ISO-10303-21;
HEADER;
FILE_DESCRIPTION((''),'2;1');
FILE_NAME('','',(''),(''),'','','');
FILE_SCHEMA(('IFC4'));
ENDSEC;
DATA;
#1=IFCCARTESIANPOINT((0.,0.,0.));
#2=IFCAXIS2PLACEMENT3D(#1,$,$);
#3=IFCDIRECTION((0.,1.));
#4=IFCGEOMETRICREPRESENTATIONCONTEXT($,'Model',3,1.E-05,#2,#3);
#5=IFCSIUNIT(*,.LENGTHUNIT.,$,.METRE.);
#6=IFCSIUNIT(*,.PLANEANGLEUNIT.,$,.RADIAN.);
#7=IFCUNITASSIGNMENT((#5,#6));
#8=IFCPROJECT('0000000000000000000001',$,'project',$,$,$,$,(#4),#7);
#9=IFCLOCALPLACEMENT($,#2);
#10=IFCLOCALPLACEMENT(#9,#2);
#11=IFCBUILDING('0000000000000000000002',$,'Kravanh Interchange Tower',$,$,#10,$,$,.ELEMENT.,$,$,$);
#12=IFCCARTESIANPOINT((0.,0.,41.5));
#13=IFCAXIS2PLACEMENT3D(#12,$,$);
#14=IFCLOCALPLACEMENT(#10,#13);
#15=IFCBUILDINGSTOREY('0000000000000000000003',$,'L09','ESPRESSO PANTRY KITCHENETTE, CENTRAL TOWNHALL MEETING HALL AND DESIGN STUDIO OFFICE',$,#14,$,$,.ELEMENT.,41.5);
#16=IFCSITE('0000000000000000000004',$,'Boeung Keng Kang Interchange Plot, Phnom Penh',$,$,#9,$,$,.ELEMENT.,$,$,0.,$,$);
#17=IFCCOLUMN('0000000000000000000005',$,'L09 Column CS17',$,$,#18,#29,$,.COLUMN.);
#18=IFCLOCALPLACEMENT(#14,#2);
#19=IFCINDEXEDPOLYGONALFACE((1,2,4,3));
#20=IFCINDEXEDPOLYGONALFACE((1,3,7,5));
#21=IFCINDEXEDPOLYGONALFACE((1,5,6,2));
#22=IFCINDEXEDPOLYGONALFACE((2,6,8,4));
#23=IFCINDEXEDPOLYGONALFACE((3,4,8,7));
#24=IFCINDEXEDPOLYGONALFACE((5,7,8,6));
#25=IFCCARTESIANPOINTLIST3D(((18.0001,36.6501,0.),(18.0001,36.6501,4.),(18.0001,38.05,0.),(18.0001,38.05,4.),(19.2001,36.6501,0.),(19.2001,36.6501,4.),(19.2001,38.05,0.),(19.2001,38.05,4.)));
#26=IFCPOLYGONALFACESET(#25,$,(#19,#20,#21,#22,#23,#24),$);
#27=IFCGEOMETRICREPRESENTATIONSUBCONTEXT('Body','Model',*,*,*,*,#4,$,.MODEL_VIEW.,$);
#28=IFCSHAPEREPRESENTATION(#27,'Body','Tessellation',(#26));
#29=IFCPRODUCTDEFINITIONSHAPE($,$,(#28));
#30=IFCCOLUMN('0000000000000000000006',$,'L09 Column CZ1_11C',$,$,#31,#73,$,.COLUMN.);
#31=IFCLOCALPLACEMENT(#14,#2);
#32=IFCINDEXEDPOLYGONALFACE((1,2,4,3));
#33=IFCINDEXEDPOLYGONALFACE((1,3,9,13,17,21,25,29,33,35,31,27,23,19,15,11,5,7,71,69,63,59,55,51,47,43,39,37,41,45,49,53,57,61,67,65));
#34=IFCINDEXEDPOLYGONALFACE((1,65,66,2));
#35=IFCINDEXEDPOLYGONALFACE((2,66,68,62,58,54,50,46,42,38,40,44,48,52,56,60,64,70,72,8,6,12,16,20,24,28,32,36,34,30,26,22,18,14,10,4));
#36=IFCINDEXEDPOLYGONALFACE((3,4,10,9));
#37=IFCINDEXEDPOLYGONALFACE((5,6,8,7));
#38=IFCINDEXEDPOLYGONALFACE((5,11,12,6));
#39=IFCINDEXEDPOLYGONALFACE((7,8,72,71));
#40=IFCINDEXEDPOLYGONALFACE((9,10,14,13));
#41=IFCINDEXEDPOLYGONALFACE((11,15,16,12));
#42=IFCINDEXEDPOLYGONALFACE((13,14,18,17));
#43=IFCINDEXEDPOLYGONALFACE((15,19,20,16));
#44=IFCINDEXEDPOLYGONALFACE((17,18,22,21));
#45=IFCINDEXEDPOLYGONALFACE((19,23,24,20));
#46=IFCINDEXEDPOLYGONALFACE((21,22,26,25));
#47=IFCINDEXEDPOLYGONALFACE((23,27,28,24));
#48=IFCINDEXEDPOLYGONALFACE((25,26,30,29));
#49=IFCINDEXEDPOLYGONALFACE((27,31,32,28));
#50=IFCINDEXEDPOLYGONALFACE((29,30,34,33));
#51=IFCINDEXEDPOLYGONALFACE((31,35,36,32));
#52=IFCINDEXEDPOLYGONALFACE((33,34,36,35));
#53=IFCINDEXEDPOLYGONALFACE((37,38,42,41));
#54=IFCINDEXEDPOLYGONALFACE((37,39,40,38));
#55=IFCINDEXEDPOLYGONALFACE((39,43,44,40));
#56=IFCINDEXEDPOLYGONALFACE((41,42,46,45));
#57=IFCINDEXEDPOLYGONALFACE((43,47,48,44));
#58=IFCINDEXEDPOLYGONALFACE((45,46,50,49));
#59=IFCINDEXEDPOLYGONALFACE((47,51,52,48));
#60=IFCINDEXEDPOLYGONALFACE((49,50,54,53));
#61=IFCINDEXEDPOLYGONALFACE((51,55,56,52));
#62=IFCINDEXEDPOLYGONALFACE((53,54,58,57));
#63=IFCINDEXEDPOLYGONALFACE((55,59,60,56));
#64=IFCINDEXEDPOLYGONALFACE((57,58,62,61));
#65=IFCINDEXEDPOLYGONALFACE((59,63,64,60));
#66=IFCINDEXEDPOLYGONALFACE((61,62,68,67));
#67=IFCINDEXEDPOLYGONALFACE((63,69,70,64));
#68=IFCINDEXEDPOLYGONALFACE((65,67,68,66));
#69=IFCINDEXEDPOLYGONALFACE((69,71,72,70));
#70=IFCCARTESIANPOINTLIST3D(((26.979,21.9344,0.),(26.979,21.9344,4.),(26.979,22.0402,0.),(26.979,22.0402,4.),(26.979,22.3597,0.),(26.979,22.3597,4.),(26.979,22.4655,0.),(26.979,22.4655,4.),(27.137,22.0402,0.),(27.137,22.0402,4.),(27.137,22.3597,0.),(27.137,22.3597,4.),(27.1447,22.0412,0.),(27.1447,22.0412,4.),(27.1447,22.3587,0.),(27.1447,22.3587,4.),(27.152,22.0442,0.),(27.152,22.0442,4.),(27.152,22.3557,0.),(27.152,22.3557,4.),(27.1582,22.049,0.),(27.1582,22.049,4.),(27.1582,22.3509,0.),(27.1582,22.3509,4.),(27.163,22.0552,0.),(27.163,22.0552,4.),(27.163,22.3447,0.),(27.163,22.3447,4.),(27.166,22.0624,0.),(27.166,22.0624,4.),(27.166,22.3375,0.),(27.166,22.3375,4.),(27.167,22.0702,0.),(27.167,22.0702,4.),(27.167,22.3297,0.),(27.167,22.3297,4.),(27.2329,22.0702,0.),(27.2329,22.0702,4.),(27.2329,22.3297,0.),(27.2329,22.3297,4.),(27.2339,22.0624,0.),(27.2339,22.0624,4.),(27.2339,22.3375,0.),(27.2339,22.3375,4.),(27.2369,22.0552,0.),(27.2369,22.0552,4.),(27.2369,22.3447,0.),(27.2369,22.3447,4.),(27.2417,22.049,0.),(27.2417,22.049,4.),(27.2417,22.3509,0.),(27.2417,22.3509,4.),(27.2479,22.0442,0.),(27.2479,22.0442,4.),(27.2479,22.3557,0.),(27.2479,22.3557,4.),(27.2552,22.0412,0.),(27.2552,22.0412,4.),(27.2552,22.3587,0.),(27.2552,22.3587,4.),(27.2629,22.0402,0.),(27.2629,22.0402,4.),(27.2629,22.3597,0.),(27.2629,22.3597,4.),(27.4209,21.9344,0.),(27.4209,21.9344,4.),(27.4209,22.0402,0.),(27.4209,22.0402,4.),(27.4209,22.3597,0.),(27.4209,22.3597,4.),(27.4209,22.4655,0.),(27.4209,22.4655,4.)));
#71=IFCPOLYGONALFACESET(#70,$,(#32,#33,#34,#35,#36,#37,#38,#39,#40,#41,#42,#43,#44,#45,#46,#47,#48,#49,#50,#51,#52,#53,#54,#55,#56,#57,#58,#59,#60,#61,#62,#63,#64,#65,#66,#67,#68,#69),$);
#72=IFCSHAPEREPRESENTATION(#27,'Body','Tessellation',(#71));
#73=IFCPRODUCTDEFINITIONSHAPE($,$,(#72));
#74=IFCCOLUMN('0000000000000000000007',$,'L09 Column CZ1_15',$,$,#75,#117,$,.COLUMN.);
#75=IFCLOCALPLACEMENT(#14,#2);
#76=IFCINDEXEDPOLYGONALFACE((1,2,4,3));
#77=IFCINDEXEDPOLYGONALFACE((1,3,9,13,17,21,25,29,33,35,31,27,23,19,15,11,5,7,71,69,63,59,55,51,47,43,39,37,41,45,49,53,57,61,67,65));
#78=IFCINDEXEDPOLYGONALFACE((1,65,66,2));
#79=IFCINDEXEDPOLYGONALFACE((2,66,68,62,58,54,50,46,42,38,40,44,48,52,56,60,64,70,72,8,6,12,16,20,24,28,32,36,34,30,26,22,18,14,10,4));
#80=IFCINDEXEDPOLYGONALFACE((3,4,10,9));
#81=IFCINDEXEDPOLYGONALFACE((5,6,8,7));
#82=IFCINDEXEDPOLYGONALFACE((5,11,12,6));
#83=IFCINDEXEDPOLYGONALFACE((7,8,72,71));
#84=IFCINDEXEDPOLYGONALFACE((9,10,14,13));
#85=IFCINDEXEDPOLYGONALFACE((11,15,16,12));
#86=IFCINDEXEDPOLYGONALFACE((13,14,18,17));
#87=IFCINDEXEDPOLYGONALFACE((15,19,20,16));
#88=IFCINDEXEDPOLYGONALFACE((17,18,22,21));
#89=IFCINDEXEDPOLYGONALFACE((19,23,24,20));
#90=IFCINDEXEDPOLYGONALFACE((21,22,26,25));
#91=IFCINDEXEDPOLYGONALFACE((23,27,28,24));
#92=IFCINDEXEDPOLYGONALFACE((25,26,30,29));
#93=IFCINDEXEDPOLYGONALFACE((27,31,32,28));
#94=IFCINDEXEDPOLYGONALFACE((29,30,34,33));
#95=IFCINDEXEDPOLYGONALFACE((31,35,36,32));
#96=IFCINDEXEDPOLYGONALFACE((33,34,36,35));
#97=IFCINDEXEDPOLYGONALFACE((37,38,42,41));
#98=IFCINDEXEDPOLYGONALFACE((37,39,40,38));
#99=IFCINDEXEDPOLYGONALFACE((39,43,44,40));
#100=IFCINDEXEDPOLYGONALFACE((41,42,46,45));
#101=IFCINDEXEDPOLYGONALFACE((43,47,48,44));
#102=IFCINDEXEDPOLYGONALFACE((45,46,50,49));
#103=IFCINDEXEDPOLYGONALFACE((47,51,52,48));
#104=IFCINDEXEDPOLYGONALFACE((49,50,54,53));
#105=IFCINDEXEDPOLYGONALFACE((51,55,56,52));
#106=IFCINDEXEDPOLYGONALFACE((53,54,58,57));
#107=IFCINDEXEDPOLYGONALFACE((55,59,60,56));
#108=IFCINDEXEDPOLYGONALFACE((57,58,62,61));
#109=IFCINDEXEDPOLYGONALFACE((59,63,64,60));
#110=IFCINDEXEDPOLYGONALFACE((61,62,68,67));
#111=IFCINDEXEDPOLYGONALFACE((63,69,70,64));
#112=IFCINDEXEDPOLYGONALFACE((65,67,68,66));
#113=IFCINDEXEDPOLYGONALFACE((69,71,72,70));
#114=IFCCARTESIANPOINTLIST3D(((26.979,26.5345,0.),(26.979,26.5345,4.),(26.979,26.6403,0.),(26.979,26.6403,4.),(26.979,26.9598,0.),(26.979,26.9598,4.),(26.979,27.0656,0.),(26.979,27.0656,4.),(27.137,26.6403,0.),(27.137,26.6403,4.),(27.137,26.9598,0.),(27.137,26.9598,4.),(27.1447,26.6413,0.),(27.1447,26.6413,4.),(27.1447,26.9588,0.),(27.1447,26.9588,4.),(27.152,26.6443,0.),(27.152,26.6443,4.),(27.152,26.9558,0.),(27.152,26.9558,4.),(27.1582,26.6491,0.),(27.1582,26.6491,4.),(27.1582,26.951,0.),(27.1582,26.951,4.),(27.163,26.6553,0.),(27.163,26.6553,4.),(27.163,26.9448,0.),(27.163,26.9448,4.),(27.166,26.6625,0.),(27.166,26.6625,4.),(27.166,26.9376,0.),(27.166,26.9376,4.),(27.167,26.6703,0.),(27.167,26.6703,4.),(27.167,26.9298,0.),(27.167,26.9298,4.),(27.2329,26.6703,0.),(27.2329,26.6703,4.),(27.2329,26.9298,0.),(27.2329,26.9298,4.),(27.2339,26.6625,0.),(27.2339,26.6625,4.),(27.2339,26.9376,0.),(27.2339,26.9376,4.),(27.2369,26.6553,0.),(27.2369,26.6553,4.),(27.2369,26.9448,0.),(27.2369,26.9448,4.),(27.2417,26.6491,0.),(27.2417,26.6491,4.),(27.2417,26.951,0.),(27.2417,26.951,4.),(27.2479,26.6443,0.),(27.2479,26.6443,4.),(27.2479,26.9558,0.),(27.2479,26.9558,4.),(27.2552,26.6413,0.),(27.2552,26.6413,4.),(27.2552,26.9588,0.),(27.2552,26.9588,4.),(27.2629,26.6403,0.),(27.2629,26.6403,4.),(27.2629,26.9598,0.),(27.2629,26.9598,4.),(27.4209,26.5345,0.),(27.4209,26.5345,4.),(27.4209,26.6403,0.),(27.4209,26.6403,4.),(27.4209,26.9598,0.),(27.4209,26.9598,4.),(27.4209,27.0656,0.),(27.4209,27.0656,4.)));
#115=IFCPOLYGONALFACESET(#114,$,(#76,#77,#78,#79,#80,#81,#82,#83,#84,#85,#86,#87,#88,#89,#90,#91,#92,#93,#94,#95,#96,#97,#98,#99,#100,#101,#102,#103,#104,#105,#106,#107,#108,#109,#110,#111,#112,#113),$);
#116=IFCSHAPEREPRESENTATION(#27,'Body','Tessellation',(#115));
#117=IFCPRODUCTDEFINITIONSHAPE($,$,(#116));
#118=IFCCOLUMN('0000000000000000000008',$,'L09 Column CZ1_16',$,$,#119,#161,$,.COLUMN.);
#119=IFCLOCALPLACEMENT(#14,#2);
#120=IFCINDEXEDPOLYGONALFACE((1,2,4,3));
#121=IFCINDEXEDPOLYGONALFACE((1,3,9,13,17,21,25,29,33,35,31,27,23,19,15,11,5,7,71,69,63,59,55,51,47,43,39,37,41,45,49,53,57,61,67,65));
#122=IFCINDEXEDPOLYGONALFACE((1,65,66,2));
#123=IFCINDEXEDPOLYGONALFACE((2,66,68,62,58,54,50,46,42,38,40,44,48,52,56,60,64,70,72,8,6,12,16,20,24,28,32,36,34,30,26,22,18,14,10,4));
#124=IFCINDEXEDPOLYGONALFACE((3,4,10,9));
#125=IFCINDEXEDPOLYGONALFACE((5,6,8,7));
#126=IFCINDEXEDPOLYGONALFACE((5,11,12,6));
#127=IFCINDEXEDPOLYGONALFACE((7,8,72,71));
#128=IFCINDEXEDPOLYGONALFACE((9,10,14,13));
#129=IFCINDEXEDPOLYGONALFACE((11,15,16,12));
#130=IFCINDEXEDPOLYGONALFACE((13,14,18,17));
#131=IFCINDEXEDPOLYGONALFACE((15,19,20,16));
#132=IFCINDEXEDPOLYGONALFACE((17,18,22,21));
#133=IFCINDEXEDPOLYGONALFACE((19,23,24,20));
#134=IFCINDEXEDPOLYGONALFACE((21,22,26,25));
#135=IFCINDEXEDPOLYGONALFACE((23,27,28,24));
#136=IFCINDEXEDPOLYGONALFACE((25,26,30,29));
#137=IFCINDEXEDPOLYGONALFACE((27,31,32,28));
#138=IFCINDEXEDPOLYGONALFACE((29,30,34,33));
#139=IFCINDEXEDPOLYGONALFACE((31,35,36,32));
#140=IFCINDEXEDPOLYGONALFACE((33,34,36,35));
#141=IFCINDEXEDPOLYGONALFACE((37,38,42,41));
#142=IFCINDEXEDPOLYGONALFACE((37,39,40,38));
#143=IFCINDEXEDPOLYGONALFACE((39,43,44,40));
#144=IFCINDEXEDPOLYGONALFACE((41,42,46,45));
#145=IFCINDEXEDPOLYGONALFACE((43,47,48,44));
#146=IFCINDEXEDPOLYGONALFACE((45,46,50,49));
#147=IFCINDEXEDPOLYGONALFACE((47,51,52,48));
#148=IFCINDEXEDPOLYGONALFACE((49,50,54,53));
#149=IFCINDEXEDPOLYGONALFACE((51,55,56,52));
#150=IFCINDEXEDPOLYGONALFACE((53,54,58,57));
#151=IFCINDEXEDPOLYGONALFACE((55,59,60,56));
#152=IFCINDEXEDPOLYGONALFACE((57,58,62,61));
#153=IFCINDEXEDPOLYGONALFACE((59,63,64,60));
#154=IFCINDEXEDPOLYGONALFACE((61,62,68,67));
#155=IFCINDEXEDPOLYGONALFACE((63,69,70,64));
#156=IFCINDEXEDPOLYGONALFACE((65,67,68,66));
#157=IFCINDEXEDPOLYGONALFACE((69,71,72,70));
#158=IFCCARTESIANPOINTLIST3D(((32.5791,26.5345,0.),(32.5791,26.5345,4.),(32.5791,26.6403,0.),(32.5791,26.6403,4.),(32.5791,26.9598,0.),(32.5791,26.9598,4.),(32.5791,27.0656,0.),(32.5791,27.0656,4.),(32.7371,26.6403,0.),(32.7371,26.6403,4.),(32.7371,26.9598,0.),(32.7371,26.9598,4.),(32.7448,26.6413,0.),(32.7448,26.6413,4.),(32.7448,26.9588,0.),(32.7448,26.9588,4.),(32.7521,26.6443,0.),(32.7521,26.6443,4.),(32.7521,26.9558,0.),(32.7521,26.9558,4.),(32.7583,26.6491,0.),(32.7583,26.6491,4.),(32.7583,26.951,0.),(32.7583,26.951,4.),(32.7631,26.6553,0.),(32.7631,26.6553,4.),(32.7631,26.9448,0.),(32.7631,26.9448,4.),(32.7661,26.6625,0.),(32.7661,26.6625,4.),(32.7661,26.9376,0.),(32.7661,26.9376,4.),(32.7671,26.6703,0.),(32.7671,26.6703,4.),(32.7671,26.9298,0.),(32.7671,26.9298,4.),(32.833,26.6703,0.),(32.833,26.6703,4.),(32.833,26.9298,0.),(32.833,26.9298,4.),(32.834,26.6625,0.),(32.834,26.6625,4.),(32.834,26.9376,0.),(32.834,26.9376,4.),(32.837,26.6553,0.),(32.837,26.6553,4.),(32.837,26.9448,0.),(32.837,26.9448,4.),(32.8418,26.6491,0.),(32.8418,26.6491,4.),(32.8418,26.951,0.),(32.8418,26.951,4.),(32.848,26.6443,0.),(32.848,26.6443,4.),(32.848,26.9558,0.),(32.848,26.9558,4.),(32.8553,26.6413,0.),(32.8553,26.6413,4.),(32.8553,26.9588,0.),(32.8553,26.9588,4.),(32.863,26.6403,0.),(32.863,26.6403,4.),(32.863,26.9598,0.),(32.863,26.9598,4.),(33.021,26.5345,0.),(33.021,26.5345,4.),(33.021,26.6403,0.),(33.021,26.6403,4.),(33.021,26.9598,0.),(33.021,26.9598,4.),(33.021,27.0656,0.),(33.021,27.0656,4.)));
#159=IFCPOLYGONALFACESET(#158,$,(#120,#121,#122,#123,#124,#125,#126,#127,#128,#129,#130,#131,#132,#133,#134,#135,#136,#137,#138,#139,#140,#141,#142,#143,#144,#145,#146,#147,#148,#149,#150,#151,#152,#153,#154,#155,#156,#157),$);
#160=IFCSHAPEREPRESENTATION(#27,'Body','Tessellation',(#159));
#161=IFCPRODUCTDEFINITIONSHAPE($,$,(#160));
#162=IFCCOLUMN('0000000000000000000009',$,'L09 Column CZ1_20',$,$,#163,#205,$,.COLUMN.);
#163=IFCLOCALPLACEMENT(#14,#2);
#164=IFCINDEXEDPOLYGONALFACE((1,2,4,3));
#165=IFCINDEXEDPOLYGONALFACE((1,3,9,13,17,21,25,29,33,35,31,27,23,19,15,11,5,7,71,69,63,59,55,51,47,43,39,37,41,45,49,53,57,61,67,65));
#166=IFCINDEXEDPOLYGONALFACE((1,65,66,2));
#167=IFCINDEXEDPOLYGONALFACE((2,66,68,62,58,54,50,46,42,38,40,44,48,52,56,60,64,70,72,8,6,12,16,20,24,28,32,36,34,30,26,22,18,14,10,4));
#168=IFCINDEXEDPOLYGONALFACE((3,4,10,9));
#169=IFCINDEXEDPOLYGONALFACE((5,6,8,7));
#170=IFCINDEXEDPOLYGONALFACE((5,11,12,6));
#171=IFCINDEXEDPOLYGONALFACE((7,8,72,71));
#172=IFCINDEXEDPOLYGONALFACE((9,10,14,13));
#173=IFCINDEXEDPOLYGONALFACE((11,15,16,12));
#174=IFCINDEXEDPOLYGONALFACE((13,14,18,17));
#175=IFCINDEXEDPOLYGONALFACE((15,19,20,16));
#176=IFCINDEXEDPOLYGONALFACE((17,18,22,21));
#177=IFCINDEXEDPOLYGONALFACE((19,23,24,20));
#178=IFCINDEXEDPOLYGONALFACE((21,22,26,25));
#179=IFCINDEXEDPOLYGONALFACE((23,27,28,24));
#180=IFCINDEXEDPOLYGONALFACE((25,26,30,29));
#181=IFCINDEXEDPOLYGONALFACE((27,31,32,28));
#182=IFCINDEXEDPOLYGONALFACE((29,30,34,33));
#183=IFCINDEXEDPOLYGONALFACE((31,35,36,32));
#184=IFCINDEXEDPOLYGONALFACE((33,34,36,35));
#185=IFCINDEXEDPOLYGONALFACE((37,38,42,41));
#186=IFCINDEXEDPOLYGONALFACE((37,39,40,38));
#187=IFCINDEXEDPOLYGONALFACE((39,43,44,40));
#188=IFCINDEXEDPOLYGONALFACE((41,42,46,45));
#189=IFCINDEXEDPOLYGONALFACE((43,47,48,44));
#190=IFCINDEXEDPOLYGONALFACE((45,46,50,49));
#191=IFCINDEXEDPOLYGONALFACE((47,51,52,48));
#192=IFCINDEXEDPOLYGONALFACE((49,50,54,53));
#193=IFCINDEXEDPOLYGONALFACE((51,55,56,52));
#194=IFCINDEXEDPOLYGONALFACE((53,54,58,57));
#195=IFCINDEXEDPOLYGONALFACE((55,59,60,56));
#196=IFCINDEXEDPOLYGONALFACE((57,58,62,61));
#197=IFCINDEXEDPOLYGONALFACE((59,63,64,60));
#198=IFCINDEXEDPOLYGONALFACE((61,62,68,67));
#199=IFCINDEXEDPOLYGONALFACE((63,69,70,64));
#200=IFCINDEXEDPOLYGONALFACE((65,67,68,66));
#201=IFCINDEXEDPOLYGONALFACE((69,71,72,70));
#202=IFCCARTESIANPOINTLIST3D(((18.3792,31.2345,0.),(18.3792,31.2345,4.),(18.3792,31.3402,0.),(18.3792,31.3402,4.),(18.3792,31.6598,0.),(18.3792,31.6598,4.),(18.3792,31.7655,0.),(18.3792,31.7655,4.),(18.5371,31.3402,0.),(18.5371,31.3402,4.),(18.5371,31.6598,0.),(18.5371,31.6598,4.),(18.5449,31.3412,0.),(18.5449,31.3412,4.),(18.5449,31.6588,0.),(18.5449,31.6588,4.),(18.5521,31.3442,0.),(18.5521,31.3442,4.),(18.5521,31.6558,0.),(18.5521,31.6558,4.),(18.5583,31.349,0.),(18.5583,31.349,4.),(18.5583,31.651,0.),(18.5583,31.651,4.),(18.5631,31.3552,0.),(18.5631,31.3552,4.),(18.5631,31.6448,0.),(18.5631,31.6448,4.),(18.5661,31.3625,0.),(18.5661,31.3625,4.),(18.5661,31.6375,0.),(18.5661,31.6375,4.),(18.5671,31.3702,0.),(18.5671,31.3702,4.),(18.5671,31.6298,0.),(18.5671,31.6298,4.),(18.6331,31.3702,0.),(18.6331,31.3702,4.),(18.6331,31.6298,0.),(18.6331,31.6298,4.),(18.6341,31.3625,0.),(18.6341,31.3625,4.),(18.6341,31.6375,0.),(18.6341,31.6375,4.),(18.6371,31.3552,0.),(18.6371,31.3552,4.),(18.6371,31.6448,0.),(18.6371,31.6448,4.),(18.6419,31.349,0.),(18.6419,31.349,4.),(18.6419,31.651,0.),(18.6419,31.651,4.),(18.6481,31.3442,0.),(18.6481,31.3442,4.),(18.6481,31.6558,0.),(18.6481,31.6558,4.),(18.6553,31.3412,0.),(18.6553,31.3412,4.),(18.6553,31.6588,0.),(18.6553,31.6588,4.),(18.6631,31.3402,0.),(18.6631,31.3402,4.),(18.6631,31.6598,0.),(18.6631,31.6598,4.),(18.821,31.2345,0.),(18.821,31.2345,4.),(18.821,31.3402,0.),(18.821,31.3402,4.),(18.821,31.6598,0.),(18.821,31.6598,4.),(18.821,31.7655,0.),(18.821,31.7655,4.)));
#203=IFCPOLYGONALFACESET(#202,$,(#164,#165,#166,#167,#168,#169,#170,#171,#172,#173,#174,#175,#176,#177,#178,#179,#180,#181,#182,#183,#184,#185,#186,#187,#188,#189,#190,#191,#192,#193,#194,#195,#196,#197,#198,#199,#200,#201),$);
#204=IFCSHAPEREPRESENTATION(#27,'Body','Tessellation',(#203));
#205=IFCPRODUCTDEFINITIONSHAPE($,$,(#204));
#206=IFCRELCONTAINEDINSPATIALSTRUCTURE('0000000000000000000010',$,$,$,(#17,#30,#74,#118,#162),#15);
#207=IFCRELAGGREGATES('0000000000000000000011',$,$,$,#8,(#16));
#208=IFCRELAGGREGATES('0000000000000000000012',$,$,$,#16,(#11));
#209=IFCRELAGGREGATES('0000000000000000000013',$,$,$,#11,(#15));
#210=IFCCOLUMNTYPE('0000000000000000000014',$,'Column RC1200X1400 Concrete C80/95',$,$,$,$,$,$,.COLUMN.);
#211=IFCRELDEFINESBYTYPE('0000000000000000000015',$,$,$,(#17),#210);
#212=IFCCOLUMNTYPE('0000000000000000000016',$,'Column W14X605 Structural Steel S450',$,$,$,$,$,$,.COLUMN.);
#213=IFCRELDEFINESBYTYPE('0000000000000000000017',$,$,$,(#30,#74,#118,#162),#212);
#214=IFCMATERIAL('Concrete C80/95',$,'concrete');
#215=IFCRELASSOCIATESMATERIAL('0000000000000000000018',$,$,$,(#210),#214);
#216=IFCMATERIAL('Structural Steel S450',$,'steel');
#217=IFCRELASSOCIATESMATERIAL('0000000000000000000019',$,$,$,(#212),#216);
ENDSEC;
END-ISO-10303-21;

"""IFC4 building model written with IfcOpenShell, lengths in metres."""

from ifc_helpers import new_model, si_unit, direction, frame, origin, origin_2d, place, context, subcontext, project, spatial, rectangle, i_section, extrude, material, material_profile, profile_set, type_object, element, save


model = new_model("IFC4")

# Units and contexts
model_context = context("Model", 3, precision=1e-05, world=origin(), true_north=direction((0.0, 1.0)))
body_context = subcontext(model_context, "Body", "Model", "MODEL_VIEW")
ifc_project = project(units=[si_unit("LENGTHUNIT", "METRE"), si_unit("PLANEANGLEUNIT", "RADIAN")], contexts=[model_context])

# Site, building, storey
site_placement = place(None, origin())
site = spatial("IfcSite", under=ifc_project, at=site_placement, Name="Boeung Keng Kang Interchange Plot, Phnom Penh", CompositionType="ELEMENT", RefElevation=0.0)
building_placement = place(site_placement, origin())
building = spatial("IfcBuilding", under=site, at=building_placement, Name="Kravanh Interchange Tower", CompositionType="ELEMENT")
storey_placement = place(building_placement, frame((0.0, 0.0, 41.5)))
storey = spatial("IfcBuildingStorey", under=building, at=storey_placement, Name="L09", Description="ESPRESSO PANTRY KITCHENETTE, CENTRAL TOWNHALL MEETING HALL AND DESIGN STUDIO OFFICE", CompositionType="ELEMENT", Elevation=41.5)

# Columns
ifc_material_1 = material(Name="Concrete C80/95", Category="concrete")
ifc_material_profile_1 = material_profile(ifc_material_1, rectangle(XDim=1.2, YDim=1.3999, at=origin_2d()), Name="RC1200X1400")
ifc_profile_set_1 = profile_set([ifc_material_profile_1], Name="Concrete C80/95")
column_type_1 = type_object("IfcColumnType", Name="Column RC1200X1400 Concrete C80/95", PredefinedType="COLUMN", material=ifc_profile_set_1)
column_placement = place(storey_placement, frame((18.6001, 37.3501, 0.0), z_axis=(0.0, 0.0, 1.0), x_axis=(1.0, 0.0, 0.0)))
element("IfcColumn", 1, at=column_placement, inside=storey, type_object=column_type_1, Name="L09 Column CS17", PredefinedType="COLUMN", context=body_context, shape_type="SweptSolid", body=[
    extrude(rectangle(XDim=1.2, YDim=1.3999, at=origin_2d()), origin(), (0.0, 0.0, 1.0), 4.0),
])
ifc_material_2 = material(Name="Structural Steel S450", Category="steel")
ifc_material_profile_2 = material_profile(ifc_material_2, i_section(OverallWidth=0.4419, OverallDepth=0.531, WebThickness=0.0659, FlangeThickness=0.1057, FilletRadius=0.03, at=origin_2d()), Name="W14X605")
ifc_profile_set_2 = profile_set([ifc_material_profile_2], Name="Structural Steel S450")
column_type_2 = type_object("IfcColumnType", Name="Column W14X605 Structural Steel S450", PredefinedType="COLUMN", material=ifc_profile_set_2)
for number, where, z_axis, x_axis, name in (
    (2, (27.2, 22.2, 0.0), (0.0, 0.0, 1.0), (1.0, 0.0, 0.0), "L09 Column CZ1_11C"),
    (3, (27.2, 26.8, 0.0), (0.0, 0.0, 1.0), (1.0, 0.0, 0.0), "L09 Column CZ1_15"),
    (4, (32.8, 26.8, 0.0), (0.0, 0.0, 1.0), (1.0, 0.0, 0.0), "L09 Column CZ1_16"),
    (5, (18.6001, 31.5, 0.0), (0.0, 0.0, 1.0), (1.0, 0.0, 0.0), "L09 Column CZ1_20"),
):
    element("IfcColumn", number, at=place(storey_placement, frame(where, z_axis=z_axis, x_axis=x_axis)), inside=storey, type_object=column_type_2, Name=name, PredefinedType="COLUMN", context=body_context, shape_type="SweptSolid", body=[
        extrude(i_section(OverallWidth=0.4419, OverallDepth=0.531, WebThickness=0.0659, FlangeThickness=0.1057, FilletRadius=0.03, at=origin_2d()), origin(), (0.0, 0.0, 1.0), 4.0),
    ])

save(model, "model.ifc")
